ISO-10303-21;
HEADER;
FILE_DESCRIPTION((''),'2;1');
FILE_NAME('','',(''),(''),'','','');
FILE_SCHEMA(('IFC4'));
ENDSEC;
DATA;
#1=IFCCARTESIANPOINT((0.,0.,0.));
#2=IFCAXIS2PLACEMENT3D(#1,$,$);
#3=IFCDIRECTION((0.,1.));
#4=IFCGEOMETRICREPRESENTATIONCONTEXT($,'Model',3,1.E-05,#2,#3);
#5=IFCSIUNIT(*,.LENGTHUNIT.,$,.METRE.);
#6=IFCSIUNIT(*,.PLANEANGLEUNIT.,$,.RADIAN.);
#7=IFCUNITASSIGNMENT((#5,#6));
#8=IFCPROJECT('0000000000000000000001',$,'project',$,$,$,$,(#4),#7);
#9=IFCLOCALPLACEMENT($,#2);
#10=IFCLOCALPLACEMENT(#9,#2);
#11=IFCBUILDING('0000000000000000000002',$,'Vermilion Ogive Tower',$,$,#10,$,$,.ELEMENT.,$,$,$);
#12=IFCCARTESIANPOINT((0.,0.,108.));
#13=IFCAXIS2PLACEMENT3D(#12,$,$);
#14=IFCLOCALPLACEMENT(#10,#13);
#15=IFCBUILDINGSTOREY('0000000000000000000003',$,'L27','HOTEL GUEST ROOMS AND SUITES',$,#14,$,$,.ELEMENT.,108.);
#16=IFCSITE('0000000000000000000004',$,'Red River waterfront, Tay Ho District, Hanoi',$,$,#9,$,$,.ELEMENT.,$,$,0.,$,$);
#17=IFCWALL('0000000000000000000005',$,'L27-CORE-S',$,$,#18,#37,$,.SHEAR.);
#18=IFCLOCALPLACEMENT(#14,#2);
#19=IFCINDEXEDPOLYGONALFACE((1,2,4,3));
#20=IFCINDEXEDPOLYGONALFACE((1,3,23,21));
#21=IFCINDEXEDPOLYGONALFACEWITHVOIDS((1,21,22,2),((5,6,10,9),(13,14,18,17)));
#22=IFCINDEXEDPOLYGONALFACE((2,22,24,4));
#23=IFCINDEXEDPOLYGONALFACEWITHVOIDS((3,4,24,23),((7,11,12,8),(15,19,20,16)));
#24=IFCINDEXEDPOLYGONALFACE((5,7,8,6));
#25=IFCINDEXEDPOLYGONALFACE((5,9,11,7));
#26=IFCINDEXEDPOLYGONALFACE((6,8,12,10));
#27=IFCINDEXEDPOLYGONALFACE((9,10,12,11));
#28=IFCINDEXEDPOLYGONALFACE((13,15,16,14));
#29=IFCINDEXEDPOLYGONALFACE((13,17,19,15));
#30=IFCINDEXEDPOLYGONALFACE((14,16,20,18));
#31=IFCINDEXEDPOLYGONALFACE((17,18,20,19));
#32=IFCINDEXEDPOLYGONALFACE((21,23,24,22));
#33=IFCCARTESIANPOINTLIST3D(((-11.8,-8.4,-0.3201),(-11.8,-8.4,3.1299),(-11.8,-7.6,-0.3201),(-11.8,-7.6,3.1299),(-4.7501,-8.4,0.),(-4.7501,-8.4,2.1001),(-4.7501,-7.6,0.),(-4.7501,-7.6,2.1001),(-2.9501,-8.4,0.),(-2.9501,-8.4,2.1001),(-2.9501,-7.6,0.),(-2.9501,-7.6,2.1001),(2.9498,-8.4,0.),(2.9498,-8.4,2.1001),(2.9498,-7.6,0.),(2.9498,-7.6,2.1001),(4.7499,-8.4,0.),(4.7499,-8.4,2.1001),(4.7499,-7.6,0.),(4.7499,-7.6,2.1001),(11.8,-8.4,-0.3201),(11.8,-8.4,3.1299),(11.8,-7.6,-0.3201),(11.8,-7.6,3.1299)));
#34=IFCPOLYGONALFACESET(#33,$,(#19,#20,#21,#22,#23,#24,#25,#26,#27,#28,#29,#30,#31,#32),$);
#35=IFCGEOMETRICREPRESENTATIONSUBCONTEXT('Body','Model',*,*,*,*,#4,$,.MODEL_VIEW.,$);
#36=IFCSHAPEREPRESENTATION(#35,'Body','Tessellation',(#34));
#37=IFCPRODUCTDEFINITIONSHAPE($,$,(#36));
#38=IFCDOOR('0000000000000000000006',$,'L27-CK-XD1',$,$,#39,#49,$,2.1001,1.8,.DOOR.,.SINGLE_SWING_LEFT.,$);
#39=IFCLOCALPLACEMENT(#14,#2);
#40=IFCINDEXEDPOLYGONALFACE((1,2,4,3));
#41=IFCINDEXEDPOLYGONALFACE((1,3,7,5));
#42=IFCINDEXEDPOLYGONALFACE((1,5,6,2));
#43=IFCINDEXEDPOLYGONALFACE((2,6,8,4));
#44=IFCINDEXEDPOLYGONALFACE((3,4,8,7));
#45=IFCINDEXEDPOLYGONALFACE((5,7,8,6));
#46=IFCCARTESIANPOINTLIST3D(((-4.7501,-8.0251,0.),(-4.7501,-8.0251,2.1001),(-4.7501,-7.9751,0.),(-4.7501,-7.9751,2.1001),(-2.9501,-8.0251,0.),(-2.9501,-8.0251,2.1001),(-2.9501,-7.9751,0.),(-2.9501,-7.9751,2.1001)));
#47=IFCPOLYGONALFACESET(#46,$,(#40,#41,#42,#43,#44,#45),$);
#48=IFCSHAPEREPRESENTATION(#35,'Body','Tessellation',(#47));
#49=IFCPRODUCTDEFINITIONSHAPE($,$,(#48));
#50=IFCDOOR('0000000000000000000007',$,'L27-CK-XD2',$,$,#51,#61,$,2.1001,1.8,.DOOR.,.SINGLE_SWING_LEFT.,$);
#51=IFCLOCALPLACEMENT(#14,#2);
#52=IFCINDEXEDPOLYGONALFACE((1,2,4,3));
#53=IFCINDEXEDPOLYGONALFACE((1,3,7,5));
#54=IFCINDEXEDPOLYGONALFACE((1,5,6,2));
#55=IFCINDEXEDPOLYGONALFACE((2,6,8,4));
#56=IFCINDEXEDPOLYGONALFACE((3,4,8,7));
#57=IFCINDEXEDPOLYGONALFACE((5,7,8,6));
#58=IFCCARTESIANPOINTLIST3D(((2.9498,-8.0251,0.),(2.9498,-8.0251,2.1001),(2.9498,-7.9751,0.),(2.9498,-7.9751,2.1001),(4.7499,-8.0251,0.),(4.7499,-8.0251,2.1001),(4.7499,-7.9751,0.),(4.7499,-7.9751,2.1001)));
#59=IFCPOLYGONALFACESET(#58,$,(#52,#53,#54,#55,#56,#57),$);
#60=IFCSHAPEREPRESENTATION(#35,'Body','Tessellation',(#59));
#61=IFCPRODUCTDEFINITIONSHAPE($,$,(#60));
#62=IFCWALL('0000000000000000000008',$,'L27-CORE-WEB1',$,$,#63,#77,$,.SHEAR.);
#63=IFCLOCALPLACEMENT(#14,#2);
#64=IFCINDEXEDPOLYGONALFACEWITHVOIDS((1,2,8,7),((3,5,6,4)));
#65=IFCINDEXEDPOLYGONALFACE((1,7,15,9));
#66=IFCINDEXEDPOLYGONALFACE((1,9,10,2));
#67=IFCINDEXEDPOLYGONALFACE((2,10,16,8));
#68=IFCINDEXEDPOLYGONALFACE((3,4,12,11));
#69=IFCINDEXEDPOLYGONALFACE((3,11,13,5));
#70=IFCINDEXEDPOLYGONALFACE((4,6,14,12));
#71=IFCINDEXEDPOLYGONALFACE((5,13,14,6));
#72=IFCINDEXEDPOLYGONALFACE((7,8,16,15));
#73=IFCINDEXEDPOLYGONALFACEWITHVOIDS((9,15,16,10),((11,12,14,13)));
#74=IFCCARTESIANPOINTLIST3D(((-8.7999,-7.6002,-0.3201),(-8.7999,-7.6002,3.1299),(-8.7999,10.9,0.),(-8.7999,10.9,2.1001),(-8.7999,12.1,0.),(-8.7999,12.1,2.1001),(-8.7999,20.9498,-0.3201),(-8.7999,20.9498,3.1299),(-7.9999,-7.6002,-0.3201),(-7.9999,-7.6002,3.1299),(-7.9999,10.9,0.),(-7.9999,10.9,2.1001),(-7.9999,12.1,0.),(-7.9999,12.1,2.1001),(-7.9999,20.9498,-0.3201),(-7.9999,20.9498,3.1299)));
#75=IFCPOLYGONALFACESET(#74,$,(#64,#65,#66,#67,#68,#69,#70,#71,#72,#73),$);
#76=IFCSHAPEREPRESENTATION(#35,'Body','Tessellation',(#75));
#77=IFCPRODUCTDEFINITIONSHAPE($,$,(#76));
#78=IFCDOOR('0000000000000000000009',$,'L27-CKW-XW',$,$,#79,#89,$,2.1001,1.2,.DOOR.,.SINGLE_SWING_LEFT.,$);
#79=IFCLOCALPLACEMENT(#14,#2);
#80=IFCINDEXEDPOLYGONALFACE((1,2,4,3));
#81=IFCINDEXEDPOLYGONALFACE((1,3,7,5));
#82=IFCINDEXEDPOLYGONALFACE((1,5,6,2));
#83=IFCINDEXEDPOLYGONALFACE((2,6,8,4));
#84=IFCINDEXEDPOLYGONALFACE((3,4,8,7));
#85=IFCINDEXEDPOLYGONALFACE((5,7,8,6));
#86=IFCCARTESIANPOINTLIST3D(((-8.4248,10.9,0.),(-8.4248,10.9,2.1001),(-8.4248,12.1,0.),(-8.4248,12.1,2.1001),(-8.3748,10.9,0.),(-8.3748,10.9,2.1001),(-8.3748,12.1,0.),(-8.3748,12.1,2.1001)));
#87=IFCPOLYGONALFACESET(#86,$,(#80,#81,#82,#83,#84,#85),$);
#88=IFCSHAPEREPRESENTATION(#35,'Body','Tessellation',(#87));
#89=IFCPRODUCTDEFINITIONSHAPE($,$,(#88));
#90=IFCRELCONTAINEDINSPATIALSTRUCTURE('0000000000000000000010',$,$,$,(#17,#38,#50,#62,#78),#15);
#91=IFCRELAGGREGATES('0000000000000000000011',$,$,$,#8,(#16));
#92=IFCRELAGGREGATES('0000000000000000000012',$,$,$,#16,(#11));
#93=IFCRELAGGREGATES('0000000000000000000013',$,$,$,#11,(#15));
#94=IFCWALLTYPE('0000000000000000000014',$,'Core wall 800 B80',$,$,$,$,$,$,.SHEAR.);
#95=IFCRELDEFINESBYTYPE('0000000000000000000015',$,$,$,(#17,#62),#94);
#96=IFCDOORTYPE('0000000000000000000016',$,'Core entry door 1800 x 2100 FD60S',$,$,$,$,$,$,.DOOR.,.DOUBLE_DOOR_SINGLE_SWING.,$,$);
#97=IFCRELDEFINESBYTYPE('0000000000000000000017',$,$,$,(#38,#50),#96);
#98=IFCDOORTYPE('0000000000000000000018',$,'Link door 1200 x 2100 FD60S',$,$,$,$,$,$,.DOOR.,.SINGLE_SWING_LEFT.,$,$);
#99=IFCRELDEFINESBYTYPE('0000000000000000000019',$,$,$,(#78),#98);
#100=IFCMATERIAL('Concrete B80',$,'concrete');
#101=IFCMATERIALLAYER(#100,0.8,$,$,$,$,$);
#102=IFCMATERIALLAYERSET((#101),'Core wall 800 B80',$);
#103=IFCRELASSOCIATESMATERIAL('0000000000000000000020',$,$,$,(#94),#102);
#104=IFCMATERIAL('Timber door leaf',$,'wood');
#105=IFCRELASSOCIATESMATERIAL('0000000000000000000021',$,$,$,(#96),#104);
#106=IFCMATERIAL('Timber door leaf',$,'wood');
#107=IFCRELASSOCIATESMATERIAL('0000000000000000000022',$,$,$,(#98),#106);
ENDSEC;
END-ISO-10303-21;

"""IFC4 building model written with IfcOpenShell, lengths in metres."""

from ifc_helpers import new_model, si_unit, direction, frame, frame_2d, origin, place, context, subcontext, project, spatial, rectangle, extrude, material, layer, layer_set, type_object, element, fill, save


model = new_model("IFC4")

# Units and contexts
model_context = context("Model", 3, precision=1e-05, world=origin(), true_north=direction((0.0, 1.0)))
body_context = subcontext(model_context, "Body", "Model", "MODEL_VIEW")
ifc_project = project(units=[si_unit("LENGTHUNIT", "METRE"), si_unit("PLANEANGLEUNIT", "RADIAN")], contexts=[model_context])

# Site, building, storey
site_placement = place(None, origin())
site = spatial("IfcSite", under=ifc_project, at=site_placement, Name="Red River waterfront, Tay Ho District, Hanoi", CompositionType="ELEMENT", RefElevation=0.0)
building_placement = place(site_placement, origin())
building = spatial("IfcBuilding", under=site, at=building_placement, Name="Vermilion Ogive Tower", CompositionType="ELEMENT")
storey_placement = place(building_placement, frame((0.0, 0.0, 108.0)))
storey = spatial("IfcBuildingStorey", under=building, at=storey_placement, Name="L27", Description="HOTEL GUEST ROOMS AND SUITES", CompositionType="ELEMENT", Elevation=108.0)

# Wall, openings, doors
ifc_material_1 = material(Name="Concrete B80", Category="concrete")
ifc_layer_1 = layer(ifc_material_1, 0.8)
ifc_layer_set_1 = layer_set([ifc_layer_1], Name="Core wall 800 B80")
wall_type_1 = type_object("IfcWallType", Name="Core wall 800 B80", PredefinedType="SHEAR", material=ifc_layer_set_1)
wall_1_placement = place(storey_placement, frame((-11.8, -8.0, -0.3201), z_axis=(0.0, 0.0, 1.0), x_axis=(1.0, 0.0, 0.0)))
wall_1 = element("IfcWall", 1, at=wall_1_placement, inside=storey, type_object=wall_type_1, Name="L27-CORE-S", PredefinedType="SHEAR", context=body_context, shape_type="SweptSolid", body=[
    extrude(rectangle(XDim=23.6001, YDim=0.8, at=frame_2d((11.8, 0.0))), origin(), (0.0, 0.0, 1.0), 3.45),
])
opening_1_placement = place(wall_1_placement, frame((7.05, 0.0, 0.3201)))
opening_1 = element("IfcOpeningElement", 2, at=opening_1_placement, cuts=wall_1, PredefinedType="OPENING", context=body_context, shape_type="SweptSolid", body=[
    extrude(rectangle(XDim=1.8, YDim=2.1001, at=frame_2d((0.8999, 1.05))), frame((0.0, 0.4099, 0.0), z_axis=(0.0, -1.0, 0.0), x_axis=(1.0, 0.0, 0.0)), (0.0, 0.0, 1.0), 0.8201),
])
opening_2_placement = place(wall_1_placement, frame((14.75, 0.0, 0.3201)))
opening_2 = element("IfcOpeningElement", 3, at=opening_2_placement, cuts=wall_1, PredefinedType="OPENING", context=body_context, shape_type="SweptSolid", body=[
    extrude(rectangle(XDim=1.8, YDim=2.1001, at=frame_2d((0.8999, 1.05))), frame((0.0, 0.4099, 0.0), z_axis=(0.0, -1.0, 0.0), x_axis=(1.0, 0.0, 0.0)), (0.0, 0.0, 1.0), 0.8201),
])
ifc_material_2 = material(Name="Timber door leaf", Category="wood")
door_type_1 = type_object("IfcDoorType", Name="Core entry door 1800 x 2100 FD60S", OperationType="DOUBLE_DOOR_SINGLE_SWING", PredefinedType="DOOR", material=ifc_material_2)
door_1_placement = place(opening_1_placement, origin())
door_1 = element("IfcDoor", 4, at=door_1_placement, inside=storey, type_object=door_type_1, Name="L27-CK-XD1", OperationType="SINGLE_SWING_LEFT", OverallHeight=2.1001, OverallWidth=1.8, PredefinedType="DOOR", context=body_context, shape_type="SweptSolid", body=[
    extrude(rectangle(XDim=1.8, YDim=2.1001, at=frame_2d((0.8999, 1.05))), frame((0.0, 0.0249, 0.0), z_axis=(0.0, -1.0, 0.0), x_axis=(1.0, 0.0, 0.0)), (0.0, 0.0, 1.0), 0.05),
])
fill(opening_1, door_1)
door_2_placement = place(opening_2_placement, origin())
door_2 = element("IfcDoor", 5, at=door_2_placement, inside=storey, type_object=door_type_1, Name="L27-CK-XD2", OperationType="SINGLE_SWING_LEFT", OverallHeight=2.1001, OverallWidth=1.8, PredefinedType="DOOR", context=body_context, shape_type="SweptSolid", body=[
    extrude(rectangle(XDim=1.8, YDim=2.1001, at=frame_2d((0.8999, 1.05))), frame((0.0, 0.0249, 0.0), z_axis=(0.0, -1.0, 0.0), x_axis=(1.0, 0.0, 0.0)), (0.0, 0.0, 1.0), 0.05),
])
fill(opening_2, door_2)

# Wall, opening, door
wall_2_placement = place(storey_placement, frame((-8.3999, -7.6001, -0.3201), z_axis=(0.0, 0.0, 1.0), x_axis=(0.0, 1.0, 0.0)))
wall_2 = element("IfcWall", 6, at=wall_2_placement, inside=storey, type_object=wall_type_1, Name="L27-CORE-WEB1", PredefinedType="SHEAR", context=body_context, shape_type="SweptSolid", body=[
    extrude(rectangle(XDim=28.55, YDim=0.8, at=frame_2d((14.2749, 0.0))), origin(), (0.0, 0.0, 1.0), 3.45),
])
opening_3_placement = place(wall_2_placement, frame((18.5, 0.0, 0.3201)))
opening_3 = element("IfcOpeningElement", 7, at=opening_3_placement, cuts=wall_2, PredefinedType="OPENING", context=body_context, shape_type="SweptSolid", body=[
    extrude(rectangle(XDim=1.2, YDim=2.1001, at=frame_2d((0.6001, 1.05))), frame((0.0, 0.4099, 0.0), z_axis=(0.0, -1.0, 0.0), x_axis=(1.0, 0.0, 0.0)), (0.0, 0.0, 1.0), 0.8201),
])
ifc_material_3 = material(Name="Timber door leaf", Category="wood")
door_type_2 = type_object("IfcDoorType", Name="Link door 1200 x 2100 FD60S", OperationType="SINGLE_SWING_LEFT", PredefinedType="DOOR", material=ifc_material_3)
door_3_placement = place(opening_3_placement, origin())
door_3 = element("IfcDoor", 8, at=door_3_placement, inside=storey, type_object=door_type_2, Name="L27-CKW-XW", OperationType="SINGLE_SWING_LEFT", OverallHeight=2.1001, OverallWidth=1.2, PredefinedType="DOOR", context=body_context, shape_type="SweptSolid", body=[
    extrude(rectangle(XDim=1.2, YDim=2.1001, at=frame_2d((0.6001, 1.05))), frame((0.0, 0.0249, 0.0), z_axis=(0.0, -1.0, 0.0), x_axis=(1.0, 0.0, 0.0)), (0.0, 0.0, 1.0), 0.05),
])
fill(opening_3, door_3)

save(model, "model.ifc")
